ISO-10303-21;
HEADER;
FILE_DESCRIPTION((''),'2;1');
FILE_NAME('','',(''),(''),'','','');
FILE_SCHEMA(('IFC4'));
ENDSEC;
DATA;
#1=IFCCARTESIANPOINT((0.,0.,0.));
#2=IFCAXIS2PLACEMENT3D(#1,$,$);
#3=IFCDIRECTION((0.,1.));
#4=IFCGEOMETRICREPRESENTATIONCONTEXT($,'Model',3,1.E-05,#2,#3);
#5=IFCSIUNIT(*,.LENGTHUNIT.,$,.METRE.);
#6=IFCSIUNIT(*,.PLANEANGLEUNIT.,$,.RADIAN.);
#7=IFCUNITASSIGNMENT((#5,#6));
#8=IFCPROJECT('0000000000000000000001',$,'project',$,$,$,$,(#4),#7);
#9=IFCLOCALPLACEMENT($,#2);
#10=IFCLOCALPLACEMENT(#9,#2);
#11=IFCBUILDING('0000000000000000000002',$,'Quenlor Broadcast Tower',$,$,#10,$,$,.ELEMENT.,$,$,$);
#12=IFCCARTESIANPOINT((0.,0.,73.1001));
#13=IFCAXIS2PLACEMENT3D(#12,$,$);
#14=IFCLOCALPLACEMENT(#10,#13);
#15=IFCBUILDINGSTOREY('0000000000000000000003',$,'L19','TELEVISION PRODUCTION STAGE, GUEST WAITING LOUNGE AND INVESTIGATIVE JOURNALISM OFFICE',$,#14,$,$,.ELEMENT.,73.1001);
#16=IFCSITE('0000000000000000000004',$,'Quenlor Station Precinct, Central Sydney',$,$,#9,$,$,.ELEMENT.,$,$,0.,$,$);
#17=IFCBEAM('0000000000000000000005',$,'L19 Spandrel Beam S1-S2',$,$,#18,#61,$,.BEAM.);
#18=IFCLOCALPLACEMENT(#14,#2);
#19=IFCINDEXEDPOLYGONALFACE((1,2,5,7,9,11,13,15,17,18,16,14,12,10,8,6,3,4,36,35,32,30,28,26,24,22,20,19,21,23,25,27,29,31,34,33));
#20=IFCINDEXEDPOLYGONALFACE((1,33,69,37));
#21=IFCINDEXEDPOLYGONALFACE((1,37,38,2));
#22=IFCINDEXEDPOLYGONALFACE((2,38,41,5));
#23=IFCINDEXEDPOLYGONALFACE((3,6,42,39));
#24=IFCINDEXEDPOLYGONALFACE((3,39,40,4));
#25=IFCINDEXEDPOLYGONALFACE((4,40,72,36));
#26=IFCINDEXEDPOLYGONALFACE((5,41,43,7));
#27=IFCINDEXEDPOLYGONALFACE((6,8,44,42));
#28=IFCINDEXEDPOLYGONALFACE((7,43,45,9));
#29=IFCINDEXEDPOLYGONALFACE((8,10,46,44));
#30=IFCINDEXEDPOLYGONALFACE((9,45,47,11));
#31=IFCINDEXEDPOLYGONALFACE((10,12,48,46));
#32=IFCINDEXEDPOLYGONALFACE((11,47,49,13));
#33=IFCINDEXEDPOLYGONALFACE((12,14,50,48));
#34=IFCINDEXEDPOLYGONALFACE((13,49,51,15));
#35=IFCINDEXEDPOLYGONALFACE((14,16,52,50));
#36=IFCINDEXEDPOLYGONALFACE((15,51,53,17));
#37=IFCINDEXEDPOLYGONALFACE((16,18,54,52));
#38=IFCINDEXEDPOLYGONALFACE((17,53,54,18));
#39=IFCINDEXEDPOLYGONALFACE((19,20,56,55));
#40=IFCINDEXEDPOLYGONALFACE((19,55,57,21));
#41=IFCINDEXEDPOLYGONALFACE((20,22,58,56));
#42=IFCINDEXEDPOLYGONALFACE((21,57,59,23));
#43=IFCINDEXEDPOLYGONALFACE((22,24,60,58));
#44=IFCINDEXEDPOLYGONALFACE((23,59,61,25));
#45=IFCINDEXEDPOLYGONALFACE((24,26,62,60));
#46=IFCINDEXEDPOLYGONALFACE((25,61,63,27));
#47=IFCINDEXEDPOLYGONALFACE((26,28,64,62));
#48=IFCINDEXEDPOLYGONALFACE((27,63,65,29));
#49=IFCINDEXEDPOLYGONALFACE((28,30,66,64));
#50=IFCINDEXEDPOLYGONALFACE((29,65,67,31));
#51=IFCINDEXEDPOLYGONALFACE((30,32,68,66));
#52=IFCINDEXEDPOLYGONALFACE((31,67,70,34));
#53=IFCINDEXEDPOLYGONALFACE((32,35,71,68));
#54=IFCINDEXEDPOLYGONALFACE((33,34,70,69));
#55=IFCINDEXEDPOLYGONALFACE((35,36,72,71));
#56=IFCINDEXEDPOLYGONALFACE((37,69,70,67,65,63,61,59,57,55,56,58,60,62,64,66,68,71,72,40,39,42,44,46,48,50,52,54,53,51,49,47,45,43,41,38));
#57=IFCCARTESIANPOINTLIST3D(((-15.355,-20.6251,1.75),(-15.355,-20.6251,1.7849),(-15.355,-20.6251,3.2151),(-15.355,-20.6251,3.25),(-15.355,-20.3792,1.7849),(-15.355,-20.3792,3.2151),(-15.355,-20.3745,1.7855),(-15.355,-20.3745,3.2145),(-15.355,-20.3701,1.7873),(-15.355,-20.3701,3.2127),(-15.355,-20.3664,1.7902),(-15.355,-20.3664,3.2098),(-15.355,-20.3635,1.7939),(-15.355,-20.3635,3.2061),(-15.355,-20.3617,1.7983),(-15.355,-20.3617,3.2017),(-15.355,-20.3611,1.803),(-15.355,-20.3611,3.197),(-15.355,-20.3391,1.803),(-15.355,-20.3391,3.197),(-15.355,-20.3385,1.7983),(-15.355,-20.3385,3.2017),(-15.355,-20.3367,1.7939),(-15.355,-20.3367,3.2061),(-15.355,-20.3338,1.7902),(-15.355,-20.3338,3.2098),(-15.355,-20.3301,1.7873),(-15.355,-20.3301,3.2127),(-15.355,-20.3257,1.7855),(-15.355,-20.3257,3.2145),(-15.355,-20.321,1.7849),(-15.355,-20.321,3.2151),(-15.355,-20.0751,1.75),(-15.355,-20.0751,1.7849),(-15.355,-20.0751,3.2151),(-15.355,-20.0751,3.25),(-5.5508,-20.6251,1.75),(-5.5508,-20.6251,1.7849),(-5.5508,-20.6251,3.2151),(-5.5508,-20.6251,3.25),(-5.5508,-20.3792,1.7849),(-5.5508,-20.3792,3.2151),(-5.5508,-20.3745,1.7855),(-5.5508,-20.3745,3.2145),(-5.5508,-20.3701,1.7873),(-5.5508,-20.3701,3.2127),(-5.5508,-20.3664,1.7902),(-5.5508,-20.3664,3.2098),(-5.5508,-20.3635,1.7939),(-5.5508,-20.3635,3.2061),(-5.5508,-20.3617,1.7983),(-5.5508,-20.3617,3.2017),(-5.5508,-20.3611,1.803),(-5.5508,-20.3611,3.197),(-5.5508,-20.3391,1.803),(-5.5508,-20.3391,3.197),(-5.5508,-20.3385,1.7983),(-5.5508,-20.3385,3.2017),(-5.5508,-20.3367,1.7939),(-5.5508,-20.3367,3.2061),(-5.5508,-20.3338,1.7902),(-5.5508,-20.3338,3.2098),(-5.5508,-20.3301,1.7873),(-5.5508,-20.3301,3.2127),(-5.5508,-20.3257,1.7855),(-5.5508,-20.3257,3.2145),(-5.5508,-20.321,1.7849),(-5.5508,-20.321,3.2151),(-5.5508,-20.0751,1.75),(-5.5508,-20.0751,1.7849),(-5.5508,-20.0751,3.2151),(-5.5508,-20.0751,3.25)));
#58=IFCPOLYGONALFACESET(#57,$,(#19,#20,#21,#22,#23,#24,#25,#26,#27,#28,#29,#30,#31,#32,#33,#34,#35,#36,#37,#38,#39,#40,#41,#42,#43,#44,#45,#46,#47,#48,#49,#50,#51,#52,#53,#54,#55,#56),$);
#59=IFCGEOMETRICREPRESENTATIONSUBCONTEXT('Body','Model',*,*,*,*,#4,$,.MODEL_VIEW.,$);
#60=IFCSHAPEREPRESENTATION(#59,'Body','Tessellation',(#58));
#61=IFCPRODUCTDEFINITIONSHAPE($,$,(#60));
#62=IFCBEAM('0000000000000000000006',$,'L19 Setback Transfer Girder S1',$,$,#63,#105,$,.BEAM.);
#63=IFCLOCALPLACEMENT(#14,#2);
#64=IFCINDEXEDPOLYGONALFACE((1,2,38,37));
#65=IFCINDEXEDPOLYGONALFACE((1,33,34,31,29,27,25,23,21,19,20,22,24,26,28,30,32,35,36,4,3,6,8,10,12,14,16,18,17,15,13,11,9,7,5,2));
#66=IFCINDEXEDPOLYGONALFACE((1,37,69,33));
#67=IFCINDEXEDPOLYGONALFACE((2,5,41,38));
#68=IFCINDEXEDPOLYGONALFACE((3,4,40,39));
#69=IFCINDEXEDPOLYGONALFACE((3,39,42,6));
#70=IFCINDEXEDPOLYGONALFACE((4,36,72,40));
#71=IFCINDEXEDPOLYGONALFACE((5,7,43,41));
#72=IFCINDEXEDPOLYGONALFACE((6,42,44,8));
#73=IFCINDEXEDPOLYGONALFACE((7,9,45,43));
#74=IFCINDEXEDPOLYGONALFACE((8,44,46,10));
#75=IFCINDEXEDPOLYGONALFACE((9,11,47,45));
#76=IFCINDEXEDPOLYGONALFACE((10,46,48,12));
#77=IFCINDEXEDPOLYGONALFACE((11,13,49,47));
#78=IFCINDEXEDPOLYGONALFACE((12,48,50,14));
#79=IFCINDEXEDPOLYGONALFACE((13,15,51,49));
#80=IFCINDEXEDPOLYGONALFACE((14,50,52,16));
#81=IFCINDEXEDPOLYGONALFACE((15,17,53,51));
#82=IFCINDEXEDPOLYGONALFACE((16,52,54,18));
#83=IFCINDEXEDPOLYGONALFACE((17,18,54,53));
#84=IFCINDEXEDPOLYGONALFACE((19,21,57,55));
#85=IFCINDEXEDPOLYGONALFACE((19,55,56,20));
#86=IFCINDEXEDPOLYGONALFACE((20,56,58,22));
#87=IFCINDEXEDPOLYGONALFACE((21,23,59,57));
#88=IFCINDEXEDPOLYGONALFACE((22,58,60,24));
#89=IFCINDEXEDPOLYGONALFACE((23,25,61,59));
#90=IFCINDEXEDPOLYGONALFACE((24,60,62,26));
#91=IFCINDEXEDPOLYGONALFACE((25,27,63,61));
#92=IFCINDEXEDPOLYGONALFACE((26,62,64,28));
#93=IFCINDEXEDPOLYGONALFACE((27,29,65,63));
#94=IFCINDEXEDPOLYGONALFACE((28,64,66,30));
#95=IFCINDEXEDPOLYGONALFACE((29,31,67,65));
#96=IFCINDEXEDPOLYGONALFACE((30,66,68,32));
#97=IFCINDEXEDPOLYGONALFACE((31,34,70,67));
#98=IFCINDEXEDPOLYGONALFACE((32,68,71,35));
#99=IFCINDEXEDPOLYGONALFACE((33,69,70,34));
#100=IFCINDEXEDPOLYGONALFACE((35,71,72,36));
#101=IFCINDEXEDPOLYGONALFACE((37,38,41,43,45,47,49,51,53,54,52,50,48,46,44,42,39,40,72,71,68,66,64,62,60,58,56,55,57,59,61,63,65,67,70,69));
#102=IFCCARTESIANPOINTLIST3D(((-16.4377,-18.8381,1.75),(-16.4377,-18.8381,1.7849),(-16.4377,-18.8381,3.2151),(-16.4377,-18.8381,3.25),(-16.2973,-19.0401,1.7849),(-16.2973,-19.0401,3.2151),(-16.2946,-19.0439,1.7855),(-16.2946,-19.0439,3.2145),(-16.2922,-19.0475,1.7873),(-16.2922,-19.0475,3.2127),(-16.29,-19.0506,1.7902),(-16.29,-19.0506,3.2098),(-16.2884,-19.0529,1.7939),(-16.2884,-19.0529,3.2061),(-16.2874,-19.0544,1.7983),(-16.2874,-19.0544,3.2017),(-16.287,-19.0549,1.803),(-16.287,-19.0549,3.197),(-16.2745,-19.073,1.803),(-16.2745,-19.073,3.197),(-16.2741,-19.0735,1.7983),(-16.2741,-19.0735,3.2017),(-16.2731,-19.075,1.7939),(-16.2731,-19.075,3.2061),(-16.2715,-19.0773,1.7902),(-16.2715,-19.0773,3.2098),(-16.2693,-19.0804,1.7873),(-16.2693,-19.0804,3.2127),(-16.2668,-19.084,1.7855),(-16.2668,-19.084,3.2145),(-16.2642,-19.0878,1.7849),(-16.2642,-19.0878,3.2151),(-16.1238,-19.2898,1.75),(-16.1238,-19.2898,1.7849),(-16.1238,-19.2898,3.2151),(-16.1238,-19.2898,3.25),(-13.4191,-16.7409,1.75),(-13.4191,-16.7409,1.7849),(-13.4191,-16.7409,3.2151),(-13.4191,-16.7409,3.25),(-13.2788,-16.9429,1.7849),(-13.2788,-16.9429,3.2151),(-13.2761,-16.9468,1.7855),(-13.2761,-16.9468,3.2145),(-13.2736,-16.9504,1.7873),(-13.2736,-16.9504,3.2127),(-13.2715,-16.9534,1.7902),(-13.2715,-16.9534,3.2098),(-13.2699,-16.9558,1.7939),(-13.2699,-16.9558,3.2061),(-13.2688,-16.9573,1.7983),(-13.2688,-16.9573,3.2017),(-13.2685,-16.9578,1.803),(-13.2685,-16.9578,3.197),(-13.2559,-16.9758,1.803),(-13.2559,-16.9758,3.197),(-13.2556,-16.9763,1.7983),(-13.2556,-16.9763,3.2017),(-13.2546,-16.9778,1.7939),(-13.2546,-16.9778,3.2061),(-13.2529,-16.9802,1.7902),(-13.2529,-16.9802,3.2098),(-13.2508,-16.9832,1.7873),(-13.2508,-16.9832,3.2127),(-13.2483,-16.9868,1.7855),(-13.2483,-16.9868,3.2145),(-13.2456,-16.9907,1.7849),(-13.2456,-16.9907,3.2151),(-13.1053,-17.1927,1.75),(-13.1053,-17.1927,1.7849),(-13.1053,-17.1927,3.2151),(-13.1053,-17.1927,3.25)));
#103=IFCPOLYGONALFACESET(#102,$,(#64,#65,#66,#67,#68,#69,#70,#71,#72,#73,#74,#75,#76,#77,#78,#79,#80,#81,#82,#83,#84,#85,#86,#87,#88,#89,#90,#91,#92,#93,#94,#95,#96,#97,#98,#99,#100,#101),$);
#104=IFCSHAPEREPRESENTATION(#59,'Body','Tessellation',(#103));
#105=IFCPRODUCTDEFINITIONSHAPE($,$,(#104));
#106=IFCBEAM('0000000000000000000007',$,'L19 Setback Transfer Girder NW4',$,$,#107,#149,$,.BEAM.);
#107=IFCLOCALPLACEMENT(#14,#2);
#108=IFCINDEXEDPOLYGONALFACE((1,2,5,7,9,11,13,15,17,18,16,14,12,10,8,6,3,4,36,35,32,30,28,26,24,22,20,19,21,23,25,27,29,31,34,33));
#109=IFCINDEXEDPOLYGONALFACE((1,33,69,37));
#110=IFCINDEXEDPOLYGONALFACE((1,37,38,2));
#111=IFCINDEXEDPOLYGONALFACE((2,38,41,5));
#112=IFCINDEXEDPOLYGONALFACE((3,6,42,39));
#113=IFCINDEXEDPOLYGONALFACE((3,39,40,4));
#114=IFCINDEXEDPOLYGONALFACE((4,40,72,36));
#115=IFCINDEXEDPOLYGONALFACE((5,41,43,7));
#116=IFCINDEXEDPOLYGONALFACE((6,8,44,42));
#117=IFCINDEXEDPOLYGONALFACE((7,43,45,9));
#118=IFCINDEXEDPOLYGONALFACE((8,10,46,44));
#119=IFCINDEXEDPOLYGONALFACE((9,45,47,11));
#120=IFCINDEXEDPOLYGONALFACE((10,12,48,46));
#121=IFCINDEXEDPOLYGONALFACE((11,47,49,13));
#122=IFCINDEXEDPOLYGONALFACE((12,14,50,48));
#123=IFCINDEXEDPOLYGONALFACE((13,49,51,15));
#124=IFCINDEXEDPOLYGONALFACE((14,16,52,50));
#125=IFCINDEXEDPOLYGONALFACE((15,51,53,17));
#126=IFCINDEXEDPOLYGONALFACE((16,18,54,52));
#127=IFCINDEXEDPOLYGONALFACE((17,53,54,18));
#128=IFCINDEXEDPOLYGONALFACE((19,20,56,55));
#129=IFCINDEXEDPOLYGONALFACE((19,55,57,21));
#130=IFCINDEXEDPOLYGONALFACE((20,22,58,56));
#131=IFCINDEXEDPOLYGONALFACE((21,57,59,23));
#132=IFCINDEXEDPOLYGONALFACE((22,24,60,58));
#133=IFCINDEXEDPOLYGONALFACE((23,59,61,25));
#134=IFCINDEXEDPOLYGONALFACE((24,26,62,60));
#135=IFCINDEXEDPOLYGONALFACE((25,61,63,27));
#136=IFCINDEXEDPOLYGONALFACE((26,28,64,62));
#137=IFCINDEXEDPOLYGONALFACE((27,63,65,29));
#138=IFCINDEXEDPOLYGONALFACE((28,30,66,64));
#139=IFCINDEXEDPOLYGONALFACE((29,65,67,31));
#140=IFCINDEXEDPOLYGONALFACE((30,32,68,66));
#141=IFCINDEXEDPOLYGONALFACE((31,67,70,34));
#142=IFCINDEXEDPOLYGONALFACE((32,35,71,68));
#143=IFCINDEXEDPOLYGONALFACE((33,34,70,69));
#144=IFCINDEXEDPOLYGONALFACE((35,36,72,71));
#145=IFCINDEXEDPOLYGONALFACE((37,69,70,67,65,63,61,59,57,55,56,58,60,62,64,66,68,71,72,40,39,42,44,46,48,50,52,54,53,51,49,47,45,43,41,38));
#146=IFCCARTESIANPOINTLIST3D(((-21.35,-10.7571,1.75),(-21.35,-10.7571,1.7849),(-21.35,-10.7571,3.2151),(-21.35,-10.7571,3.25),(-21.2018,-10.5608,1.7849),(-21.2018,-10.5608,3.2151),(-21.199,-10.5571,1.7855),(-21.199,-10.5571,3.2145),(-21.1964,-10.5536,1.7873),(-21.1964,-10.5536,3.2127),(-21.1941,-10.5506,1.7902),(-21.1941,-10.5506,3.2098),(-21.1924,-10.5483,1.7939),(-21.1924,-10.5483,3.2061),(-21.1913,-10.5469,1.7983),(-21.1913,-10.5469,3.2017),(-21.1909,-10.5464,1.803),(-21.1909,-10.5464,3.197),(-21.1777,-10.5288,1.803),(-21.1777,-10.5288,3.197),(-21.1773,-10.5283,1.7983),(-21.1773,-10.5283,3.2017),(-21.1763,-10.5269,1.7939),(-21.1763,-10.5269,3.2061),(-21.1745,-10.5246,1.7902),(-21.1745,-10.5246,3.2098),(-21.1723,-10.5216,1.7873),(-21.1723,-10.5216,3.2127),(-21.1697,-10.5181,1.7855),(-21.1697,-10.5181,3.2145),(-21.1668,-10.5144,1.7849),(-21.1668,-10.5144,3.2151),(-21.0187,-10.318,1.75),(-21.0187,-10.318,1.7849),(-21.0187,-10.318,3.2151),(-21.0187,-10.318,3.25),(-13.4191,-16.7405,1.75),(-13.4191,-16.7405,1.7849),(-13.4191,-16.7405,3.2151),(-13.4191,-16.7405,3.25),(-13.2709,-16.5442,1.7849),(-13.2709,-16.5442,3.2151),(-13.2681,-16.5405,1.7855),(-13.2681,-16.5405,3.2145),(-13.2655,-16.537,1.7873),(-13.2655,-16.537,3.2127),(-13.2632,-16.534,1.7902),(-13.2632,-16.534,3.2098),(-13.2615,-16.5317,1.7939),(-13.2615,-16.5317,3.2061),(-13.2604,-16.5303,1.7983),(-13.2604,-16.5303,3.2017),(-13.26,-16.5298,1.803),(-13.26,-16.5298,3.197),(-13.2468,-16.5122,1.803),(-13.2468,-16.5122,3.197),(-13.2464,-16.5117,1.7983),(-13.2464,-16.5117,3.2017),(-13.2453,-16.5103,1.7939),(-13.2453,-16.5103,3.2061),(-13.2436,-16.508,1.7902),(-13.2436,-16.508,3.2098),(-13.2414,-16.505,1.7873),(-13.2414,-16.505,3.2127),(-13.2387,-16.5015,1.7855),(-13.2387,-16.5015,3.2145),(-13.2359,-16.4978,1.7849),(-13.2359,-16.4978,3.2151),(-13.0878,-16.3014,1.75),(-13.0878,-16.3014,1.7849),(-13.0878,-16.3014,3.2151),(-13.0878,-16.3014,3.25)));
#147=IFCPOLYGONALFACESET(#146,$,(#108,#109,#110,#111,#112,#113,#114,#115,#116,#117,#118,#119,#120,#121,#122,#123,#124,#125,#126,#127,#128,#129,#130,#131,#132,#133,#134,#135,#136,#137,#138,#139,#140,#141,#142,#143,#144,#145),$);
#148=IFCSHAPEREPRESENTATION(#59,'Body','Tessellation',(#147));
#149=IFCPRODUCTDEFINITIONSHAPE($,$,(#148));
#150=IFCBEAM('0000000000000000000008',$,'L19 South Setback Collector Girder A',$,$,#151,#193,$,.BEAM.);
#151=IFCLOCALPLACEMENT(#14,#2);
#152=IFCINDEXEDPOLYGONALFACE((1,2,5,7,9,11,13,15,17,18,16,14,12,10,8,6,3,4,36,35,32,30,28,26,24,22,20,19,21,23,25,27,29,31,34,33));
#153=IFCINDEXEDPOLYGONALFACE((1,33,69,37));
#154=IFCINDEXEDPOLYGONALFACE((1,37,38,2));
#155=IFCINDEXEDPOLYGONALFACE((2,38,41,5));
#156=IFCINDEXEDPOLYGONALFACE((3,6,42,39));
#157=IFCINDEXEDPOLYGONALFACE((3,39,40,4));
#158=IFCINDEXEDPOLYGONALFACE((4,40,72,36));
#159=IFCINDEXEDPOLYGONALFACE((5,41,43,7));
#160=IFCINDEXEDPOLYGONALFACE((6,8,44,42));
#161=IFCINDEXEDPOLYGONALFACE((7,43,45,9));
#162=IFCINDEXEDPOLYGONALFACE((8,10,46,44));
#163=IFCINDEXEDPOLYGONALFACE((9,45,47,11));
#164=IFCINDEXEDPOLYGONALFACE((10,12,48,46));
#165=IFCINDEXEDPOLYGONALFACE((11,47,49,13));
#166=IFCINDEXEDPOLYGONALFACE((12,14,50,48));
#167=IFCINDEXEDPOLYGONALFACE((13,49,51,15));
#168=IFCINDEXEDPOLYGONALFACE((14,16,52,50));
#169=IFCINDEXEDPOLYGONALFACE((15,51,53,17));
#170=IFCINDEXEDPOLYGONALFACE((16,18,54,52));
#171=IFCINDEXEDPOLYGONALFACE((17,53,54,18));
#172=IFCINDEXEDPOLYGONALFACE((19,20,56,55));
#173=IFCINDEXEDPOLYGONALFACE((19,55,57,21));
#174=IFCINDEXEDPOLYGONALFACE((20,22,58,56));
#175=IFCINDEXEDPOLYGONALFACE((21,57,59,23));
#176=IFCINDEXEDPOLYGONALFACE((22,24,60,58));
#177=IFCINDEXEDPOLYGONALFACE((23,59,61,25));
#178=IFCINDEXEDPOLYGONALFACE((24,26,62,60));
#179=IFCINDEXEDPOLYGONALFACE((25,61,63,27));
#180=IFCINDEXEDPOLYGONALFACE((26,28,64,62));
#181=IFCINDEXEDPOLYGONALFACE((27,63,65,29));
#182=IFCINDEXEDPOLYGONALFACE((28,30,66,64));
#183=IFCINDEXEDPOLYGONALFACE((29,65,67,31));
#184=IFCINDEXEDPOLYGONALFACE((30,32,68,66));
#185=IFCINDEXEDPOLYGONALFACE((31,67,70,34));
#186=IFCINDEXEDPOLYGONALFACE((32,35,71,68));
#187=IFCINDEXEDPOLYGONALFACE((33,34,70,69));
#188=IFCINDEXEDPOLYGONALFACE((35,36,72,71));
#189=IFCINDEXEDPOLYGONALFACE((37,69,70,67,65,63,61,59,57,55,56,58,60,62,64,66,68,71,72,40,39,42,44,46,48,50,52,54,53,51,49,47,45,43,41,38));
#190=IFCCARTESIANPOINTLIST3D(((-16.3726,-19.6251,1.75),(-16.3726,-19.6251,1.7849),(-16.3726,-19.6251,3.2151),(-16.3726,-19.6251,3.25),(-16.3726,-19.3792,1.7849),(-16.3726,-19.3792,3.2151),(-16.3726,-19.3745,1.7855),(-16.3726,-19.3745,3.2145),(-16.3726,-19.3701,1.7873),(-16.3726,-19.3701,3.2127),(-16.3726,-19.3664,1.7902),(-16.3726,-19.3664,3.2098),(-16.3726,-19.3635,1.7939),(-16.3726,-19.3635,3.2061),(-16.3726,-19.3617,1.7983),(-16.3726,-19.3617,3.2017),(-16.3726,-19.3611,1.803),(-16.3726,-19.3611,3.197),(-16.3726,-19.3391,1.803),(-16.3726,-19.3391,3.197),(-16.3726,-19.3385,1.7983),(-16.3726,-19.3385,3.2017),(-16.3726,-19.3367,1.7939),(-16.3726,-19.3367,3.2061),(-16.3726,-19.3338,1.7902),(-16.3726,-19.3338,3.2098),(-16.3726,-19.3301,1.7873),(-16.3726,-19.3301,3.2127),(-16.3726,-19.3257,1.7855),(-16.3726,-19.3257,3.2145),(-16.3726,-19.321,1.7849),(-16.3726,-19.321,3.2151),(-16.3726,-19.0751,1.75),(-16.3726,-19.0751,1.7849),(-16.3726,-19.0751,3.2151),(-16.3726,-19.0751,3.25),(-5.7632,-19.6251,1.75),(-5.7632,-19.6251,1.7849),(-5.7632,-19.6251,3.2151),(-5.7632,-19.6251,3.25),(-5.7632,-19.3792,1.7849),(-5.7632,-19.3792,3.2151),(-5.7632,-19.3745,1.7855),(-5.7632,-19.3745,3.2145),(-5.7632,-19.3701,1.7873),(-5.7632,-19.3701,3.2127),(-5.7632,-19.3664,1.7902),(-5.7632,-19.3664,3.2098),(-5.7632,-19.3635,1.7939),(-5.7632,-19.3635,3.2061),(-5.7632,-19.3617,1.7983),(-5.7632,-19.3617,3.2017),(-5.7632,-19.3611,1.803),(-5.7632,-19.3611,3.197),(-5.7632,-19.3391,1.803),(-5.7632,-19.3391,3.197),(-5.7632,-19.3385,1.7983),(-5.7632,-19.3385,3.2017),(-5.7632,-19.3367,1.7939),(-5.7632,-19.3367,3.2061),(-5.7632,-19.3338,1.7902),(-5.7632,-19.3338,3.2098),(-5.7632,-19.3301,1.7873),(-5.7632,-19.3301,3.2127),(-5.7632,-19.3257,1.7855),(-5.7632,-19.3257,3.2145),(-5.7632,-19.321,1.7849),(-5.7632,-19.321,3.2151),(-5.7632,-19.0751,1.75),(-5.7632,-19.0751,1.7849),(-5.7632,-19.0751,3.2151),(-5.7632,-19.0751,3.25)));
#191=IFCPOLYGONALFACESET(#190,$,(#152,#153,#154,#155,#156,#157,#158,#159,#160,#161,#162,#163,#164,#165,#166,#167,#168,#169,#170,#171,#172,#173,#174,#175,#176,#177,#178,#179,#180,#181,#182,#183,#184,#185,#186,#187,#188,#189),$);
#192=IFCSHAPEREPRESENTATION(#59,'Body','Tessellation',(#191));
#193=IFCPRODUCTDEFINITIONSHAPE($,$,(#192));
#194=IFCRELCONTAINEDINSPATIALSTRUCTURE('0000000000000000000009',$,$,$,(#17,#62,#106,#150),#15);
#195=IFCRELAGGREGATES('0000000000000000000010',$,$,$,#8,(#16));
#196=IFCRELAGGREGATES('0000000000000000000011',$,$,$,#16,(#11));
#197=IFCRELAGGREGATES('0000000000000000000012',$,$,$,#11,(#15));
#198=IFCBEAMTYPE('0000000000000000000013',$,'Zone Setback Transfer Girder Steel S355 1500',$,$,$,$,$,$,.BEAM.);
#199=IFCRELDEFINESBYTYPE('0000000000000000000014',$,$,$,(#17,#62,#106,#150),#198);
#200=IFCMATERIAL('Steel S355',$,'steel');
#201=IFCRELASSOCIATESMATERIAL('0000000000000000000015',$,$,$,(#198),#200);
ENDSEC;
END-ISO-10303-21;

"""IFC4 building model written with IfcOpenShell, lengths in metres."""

from ifc_helpers import new_model, si_unit, direction, frame, origin, origin_2d, place, context, subcontext, project, spatial, i_section, extrude, material, material_profile, profile_set, type_object, element, save


model = new_model("IFC4")

# Units and contexts
model_context = context("Model", 3, precision=1e-05, world=origin(), true_north=direction((0.0, 1.0)))
body_context = subcontext(model_context, "Body", "Model", "MODEL_VIEW")
ifc_project = project(units=[si_unit("LENGTHUNIT", "METRE"), si_unit("PLANEANGLEUNIT", "RADIAN")], contexts=[model_context])

# Site, building, storey
site_placement = place(None, origin())
site = spatial("IfcSite", under=ifc_project, at=site_placement, Name="Quenlor Station Precinct, Central Sydney", CompositionType="ELEMENT", RefElevation=0.0)
building_placement = place(site_placement, origin())
building = spatial("IfcBuilding", under=site, at=building_placement, Name="Quenlor Broadcast Tower", CompositionType="ELEMENT")
storey_placement = place(building_placement, frame((0.0, 0.0, 73.1001)))
storey = spatial("IfcBuildingStorey", under=building, at=storey_placement, Name="L19", Description="TELEVISION PRODUCTION STAGE, GUEST WAITING LOUNGE AND INVESTIGATIVE JOURNALISM OFFICE", CompositionType="ELEMENT", Elevation=73.1001)

# Beams
ifc_material_1 = material(Name="Steel S355", Category="steel")
ifc_material_profile_1 = material_profile(ifc_material_1, i_section(OverallWidth=0.55, OverallDepth=1.5, WebThickness=0.022, FlangeThickness=0.0349, FilletRadius=0.0181, at=origin_2d()))
ifc_profile_set_1 = profile_set([ifc_material_profile_1], Name="Steel S355 1500TG510")
beam_type_1 = type_object("IfcBeamType", Name="Zone Setback Transfer Girder Steel S355 1500", PredefinedType="BEAM", material=ifc_profile_set_1)
beam_1_placement = place(storey_placement, frame((-15.355, -20.3501, 2.5), z_axis=(1.0, 0.0, 0.0), x_axis=(0.0, 1.0, 0.0)))
element("IfcBeam", 1, at=beam_1_placement, inside=storey, type_object=beam_type_1, Name="L19 Spandrel Beam S1-S2", PredefinedType="BEAM", context=body_context, shape_type="SweptSolid", body=[
    extrude(i_section(OverallWidth=0.55, OverallDepth=1.5, WebThickness=0.022, FlangeThickness=0.0349, FilletRadius=0.0181, at=origin_2d()), origin(), (0.0, 0.0, 1.0), 9.8042),
])
beam_2_placement = place(storey_placement, frame((-13.2622, -16.9668, 2.5), z_axis=(-0.821249, -0.57057, 0.0), x_axis=(0.57057, -0.821249, 0.0)))
element("IfcBeam", 2, at=beam_2_placement, inside=storey, type_object=beam_type_1, Name="L19 Setback Transfer Girder S1", PredefinedType="BEAM", context=body_context, shape_type="SweptSolid", body=[
    extrude(i_section(OverallWidth=0.55, OverallDepth=1.5, WebThickness=0.022, FlangeThickness=0.0349, FilletRadius=0.0181, at=origin_2d()), origin(), (0.0, 0.0, 1.0), 3.6755),
])
beam_3_placement = place(storey_placement, frame((-13.2534, -16.521, 2.5), z_axis=(-0.798295, 0.602266, 0.0), x_axis=(-0.602266, -0.798295, 0.0)))
element("IfcBeam", 3, at=beam_3_placement, inside=storey, type_object=beam_type_1, Name="L19 Setback Transfer Girder NW4", PredefinedType="BEAM", context=body_context, shape_type="SweptSolid", body=[
    extrude(i_section(OverallWidth=0.55, OverallDepth=1.5, WebThickness=0.022, FlangeThickness=0.0349, FilletRadius=0.0181, at=origin_2d()), origin(), (0.0, 0.0, 1.0), 9.9348),
])
beam_4_placement = place(storey_placement, frame((-16.3726, -19.3501, 2.5), z_axis=(1.0, 0.0, 0.0), x_axis=(0.0, 1.0, 0.0)))
element("IfcBeam", 4, at=beam_4_placement, inside=storey, type_object=beam_type_1, Name="L19 South Setback Collector Girder A", PredefinedType="BEAM", context=body_context, shape_type="SweptSolid", body=[
    extrude(i_section(OverallWidth=0.55, OverallDepth=1.5, WebThickness=0.022, FlangeThickness=0.0349, FilletRadius=0.0181, at=origin_2d()), origin(), (0.0, 0.0, 1.0), 10.6094),
])

save(model, "model.ifc")
